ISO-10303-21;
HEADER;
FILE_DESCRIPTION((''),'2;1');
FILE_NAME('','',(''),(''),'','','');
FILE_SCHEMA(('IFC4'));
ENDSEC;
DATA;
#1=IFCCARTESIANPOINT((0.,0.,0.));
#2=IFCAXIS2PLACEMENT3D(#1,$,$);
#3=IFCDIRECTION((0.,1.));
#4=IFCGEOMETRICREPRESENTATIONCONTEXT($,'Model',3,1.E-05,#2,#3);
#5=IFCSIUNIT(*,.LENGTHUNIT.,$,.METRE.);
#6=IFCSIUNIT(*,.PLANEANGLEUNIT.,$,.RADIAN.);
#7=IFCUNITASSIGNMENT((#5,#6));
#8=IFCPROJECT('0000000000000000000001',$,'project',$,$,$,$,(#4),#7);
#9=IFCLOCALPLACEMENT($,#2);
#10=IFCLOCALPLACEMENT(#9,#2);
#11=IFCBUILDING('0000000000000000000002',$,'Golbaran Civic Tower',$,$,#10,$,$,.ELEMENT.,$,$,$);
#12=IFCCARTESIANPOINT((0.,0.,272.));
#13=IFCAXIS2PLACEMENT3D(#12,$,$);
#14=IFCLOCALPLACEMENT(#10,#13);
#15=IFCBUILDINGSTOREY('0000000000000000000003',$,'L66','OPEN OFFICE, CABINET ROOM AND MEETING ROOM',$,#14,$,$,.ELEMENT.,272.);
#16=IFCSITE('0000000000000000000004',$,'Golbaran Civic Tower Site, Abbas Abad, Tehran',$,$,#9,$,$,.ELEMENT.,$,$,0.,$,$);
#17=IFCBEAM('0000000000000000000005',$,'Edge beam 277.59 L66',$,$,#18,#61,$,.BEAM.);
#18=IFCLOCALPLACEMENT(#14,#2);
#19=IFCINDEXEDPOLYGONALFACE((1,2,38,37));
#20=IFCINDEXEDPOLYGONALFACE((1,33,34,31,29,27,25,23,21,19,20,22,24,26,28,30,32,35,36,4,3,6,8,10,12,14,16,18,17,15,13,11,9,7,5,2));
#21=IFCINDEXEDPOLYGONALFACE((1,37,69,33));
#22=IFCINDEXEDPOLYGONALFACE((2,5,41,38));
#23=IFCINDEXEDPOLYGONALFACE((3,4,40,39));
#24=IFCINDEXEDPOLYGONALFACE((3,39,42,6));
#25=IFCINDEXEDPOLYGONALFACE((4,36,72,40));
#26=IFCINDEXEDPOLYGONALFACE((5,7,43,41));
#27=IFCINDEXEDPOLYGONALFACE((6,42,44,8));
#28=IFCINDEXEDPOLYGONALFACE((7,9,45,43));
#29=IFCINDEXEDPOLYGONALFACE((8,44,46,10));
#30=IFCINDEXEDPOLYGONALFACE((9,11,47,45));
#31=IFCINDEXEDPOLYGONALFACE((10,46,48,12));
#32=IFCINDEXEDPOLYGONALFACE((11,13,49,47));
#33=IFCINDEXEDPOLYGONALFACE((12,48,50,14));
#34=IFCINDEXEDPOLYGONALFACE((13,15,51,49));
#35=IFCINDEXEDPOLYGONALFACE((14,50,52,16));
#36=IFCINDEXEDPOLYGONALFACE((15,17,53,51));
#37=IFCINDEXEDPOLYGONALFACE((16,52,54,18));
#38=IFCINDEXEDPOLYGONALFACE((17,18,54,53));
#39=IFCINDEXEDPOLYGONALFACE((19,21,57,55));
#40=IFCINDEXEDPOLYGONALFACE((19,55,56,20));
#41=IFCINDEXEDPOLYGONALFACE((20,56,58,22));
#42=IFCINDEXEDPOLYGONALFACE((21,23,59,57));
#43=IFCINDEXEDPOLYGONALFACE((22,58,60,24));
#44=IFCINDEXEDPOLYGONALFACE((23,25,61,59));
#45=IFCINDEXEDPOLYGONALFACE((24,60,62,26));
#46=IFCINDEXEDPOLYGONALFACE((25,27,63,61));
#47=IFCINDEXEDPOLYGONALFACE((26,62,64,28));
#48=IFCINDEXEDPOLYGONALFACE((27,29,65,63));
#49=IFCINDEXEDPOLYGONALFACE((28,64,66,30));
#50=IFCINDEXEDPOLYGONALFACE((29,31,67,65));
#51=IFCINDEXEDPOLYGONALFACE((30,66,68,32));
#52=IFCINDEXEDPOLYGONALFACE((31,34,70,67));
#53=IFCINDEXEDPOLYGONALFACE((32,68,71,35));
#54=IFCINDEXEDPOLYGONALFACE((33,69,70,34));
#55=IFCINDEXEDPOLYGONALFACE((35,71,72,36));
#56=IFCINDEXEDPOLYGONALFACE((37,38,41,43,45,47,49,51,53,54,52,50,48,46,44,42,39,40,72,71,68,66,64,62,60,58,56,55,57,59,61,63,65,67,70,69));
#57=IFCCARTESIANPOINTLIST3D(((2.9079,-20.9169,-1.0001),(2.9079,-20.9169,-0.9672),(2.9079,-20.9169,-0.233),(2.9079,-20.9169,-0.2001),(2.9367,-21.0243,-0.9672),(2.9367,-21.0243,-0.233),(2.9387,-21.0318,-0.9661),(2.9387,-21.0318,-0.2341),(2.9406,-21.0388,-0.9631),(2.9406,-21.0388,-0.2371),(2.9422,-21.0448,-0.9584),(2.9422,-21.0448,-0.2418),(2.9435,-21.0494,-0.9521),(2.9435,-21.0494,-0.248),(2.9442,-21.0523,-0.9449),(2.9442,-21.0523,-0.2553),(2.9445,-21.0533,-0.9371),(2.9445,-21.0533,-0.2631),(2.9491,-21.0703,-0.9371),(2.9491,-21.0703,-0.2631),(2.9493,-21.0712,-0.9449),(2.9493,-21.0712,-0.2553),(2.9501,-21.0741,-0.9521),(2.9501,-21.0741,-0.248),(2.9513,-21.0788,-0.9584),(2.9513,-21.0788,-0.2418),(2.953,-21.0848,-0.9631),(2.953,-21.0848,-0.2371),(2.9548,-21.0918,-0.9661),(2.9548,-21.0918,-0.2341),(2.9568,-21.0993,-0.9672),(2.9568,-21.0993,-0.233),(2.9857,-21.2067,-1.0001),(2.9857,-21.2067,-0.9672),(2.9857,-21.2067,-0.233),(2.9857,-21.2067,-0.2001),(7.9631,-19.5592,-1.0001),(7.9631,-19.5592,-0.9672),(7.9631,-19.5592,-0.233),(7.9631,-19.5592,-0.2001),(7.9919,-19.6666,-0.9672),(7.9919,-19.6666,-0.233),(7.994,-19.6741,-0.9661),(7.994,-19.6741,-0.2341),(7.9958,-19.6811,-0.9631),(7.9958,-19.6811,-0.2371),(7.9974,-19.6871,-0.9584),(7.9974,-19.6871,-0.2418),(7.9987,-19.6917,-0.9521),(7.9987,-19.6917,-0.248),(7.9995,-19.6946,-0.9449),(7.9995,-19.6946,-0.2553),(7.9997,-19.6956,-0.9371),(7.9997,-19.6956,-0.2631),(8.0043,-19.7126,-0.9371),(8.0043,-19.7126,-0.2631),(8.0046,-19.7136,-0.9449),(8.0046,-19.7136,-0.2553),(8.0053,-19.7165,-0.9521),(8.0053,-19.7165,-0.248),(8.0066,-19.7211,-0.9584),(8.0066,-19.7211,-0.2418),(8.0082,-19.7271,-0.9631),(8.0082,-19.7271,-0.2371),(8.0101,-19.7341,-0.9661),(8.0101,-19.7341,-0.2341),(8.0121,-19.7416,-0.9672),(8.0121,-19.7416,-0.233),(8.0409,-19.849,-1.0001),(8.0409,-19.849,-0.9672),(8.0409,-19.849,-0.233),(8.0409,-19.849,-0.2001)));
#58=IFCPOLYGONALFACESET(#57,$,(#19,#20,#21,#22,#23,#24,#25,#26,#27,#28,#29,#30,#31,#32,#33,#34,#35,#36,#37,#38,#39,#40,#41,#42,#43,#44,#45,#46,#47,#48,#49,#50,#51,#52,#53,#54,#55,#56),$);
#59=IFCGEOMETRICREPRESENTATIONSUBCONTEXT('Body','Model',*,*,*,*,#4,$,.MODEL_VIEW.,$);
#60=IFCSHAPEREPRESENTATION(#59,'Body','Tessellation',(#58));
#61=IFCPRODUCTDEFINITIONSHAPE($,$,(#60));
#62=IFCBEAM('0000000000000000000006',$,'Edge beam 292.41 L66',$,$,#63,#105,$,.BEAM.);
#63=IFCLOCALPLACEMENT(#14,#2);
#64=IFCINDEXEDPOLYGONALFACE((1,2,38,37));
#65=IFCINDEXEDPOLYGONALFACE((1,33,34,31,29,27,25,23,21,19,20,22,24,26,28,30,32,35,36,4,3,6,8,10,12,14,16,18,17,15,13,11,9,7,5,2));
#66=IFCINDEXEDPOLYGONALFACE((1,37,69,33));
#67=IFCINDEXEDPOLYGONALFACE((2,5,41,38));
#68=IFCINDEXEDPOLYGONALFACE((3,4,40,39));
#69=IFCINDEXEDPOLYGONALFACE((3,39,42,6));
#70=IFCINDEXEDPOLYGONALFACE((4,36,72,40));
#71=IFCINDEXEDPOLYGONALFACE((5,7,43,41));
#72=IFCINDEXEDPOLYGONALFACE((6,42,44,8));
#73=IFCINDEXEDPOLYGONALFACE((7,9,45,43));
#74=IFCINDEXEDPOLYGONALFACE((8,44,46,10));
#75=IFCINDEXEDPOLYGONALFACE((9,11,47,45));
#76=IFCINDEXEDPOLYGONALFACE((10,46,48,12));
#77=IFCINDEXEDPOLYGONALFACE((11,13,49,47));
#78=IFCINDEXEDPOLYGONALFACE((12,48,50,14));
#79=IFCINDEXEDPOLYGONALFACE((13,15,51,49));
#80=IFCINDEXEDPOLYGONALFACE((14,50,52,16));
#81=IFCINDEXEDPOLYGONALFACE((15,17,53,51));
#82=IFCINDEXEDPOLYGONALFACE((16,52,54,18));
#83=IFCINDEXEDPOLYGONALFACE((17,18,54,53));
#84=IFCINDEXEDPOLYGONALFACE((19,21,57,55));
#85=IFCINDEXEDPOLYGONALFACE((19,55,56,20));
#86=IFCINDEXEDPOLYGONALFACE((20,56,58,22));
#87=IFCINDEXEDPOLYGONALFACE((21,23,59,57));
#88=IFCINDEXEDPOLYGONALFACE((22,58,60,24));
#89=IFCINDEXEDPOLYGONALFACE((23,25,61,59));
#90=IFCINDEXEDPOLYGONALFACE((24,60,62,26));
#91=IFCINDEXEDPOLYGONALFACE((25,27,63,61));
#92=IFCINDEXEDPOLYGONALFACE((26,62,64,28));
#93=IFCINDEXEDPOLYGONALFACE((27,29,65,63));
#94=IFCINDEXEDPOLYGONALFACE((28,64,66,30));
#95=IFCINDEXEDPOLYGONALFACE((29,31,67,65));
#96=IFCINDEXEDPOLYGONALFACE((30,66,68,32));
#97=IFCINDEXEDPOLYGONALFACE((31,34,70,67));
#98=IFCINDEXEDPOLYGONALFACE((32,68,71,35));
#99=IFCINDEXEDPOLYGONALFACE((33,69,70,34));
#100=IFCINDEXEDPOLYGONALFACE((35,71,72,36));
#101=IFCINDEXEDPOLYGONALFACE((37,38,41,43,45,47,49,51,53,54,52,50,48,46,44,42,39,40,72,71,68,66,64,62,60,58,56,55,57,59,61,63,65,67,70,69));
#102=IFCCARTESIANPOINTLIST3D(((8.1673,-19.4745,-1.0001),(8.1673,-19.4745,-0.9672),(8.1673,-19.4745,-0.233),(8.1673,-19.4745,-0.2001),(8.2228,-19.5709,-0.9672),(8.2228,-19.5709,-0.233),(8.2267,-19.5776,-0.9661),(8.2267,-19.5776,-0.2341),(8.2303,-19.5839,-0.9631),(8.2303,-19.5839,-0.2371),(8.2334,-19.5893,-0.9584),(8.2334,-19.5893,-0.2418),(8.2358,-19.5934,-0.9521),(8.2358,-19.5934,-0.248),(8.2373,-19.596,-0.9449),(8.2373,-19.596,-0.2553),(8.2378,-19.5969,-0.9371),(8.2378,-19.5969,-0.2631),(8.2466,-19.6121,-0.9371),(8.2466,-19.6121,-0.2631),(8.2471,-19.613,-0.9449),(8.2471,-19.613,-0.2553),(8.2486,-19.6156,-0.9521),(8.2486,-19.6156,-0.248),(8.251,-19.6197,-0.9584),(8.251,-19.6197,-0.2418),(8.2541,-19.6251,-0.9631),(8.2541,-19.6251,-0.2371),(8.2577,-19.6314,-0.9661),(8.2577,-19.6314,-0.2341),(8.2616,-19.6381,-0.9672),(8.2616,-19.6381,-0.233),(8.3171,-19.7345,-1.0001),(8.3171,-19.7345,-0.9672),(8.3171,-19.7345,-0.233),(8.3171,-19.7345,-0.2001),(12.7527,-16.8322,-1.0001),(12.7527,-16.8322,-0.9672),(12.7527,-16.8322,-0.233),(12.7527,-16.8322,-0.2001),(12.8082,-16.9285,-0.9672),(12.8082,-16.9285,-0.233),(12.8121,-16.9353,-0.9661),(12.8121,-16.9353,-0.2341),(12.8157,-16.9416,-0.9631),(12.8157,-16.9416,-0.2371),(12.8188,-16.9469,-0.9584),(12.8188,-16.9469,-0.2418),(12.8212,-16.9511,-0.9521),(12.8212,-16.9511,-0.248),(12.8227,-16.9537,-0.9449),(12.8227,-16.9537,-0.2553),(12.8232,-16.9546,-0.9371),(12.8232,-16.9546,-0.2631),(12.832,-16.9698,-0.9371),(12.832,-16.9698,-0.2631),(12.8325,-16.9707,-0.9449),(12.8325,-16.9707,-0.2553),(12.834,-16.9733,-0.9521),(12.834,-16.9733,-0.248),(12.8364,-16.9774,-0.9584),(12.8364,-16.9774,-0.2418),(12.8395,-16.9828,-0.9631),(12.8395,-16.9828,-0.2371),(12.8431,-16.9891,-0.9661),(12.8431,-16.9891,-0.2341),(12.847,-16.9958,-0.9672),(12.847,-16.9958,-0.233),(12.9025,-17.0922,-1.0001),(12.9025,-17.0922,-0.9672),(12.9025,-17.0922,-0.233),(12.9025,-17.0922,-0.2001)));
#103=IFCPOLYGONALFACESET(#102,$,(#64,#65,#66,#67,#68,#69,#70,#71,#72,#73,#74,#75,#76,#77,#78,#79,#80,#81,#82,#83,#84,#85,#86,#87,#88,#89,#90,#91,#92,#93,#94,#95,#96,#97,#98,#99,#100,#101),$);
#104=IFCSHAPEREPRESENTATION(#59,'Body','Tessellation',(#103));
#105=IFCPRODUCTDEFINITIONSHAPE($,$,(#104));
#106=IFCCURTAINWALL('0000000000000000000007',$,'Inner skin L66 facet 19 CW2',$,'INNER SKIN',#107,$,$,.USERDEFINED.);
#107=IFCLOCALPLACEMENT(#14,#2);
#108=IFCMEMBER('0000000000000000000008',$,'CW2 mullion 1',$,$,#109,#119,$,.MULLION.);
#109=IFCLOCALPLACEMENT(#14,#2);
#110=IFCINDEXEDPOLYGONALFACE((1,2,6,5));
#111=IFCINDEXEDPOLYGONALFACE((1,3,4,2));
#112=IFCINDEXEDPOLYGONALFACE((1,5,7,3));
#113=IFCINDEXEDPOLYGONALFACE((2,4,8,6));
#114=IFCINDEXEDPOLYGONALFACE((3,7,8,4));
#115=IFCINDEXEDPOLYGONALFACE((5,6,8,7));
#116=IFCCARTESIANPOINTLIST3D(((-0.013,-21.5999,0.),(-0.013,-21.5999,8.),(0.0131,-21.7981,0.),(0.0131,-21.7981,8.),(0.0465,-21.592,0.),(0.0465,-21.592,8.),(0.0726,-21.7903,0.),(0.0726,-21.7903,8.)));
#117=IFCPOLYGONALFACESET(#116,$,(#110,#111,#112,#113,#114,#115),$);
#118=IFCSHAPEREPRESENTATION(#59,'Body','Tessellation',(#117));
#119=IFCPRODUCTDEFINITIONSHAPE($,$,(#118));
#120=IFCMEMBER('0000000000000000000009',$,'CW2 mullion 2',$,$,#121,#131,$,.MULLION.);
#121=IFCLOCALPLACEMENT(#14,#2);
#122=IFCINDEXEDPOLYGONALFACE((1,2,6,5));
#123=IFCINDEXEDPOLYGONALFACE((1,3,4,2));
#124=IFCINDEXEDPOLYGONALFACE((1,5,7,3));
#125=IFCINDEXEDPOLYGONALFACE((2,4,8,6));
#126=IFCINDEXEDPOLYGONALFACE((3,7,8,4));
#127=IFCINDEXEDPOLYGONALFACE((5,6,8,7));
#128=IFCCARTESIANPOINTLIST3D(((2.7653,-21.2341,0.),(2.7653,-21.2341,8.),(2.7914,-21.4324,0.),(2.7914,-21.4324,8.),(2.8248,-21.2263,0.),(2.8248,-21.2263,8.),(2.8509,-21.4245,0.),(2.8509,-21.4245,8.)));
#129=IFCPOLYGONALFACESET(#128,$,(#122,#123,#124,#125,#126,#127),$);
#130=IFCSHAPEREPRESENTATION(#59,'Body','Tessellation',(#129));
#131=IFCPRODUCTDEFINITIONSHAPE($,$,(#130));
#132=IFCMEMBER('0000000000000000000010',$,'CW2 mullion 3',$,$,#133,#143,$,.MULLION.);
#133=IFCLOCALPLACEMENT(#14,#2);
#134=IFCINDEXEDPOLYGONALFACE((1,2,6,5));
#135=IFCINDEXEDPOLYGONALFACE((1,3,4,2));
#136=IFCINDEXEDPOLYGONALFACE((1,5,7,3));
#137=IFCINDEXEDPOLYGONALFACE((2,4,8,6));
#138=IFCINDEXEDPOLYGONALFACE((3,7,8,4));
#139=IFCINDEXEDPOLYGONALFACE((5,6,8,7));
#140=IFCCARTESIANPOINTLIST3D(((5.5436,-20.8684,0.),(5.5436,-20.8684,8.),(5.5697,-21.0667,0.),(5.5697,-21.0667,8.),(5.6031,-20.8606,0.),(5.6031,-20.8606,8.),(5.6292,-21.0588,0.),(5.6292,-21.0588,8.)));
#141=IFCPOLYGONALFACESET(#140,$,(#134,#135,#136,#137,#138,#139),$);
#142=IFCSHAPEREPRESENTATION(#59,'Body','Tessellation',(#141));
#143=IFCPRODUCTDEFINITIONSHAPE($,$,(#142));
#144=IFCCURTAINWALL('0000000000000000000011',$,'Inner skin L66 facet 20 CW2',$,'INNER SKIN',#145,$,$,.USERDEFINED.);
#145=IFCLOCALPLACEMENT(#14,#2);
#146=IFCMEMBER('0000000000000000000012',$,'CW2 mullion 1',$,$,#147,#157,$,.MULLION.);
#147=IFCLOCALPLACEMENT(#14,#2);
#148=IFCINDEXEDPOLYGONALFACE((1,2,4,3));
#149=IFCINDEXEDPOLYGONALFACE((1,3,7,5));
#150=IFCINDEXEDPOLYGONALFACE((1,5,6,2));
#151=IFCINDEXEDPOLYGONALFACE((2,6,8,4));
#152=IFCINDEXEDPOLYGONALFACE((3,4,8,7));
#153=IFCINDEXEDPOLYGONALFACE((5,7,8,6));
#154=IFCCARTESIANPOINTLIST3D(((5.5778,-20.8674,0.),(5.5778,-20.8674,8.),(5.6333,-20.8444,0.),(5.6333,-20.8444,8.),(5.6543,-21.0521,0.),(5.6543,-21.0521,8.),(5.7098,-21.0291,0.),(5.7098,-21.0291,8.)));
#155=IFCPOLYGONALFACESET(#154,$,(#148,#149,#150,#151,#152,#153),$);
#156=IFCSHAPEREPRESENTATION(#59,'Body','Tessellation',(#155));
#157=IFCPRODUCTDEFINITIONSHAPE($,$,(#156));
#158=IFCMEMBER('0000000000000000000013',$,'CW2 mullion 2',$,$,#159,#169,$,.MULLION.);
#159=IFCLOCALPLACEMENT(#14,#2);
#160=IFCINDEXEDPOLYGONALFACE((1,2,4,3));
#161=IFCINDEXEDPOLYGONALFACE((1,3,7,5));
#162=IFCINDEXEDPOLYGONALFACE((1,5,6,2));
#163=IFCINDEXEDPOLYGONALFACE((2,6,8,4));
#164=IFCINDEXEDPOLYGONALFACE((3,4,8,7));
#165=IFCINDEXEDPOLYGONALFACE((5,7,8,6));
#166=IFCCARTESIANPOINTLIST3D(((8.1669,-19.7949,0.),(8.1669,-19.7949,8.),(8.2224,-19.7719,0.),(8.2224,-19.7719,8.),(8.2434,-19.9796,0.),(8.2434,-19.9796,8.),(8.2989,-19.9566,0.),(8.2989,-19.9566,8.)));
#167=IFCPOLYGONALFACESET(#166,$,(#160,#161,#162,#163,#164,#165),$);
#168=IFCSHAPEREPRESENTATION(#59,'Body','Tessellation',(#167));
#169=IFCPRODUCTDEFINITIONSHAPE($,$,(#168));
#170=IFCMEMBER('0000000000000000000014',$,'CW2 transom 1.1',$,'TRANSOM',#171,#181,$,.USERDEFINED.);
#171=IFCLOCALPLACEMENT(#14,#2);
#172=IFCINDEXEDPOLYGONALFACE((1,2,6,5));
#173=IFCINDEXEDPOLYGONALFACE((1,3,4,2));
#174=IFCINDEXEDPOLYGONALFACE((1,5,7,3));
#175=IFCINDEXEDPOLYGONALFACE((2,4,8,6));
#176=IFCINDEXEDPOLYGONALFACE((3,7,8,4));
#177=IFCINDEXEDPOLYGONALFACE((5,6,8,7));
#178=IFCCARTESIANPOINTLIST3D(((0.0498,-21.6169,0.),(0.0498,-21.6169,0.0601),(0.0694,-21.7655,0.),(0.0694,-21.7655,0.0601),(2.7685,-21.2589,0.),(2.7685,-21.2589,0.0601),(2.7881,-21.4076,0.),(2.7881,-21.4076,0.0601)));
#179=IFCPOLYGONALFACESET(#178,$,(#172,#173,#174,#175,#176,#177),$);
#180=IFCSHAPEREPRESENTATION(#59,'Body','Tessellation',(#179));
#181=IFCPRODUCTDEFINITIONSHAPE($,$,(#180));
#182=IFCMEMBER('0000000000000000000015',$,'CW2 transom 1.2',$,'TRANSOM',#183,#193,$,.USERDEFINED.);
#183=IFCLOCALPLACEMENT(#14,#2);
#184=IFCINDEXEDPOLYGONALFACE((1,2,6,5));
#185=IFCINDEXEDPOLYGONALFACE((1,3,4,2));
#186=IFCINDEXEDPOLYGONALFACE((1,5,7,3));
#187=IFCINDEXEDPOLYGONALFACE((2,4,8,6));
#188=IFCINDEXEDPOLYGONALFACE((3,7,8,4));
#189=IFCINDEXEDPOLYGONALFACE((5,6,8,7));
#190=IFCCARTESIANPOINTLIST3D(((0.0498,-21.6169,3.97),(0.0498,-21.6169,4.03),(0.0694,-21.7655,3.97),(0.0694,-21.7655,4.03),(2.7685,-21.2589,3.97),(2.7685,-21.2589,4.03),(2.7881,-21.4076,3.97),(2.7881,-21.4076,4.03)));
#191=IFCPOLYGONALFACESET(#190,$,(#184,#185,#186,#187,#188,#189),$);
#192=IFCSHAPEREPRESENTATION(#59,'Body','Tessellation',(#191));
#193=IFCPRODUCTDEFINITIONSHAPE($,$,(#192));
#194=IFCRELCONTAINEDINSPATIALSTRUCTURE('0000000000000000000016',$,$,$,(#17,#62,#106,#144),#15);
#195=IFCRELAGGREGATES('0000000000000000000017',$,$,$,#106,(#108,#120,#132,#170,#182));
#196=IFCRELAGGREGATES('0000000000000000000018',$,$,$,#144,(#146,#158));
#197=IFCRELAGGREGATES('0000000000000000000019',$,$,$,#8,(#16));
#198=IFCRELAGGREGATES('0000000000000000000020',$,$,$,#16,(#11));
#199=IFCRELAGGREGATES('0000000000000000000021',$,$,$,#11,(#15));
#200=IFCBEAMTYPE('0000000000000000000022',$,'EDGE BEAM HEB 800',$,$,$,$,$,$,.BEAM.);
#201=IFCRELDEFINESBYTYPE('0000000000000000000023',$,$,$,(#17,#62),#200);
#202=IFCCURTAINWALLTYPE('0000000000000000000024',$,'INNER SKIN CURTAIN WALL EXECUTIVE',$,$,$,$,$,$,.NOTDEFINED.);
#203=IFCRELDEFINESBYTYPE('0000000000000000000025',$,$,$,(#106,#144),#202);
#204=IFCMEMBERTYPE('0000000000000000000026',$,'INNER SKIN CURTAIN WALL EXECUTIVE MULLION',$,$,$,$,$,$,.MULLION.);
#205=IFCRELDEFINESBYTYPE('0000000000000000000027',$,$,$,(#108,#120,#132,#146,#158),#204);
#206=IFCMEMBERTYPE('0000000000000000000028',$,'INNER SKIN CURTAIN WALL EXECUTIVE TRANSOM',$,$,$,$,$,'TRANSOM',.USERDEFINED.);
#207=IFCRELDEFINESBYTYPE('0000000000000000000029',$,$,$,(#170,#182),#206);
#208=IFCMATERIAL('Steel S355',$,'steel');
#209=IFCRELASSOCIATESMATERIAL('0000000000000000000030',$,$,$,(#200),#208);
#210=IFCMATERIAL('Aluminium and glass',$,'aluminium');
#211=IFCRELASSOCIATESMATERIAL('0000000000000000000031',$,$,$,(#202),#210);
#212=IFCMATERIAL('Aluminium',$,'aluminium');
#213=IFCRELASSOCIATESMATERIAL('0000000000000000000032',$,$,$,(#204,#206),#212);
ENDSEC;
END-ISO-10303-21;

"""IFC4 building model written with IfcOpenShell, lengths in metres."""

from ifc_helpers import new_model, si_unit, direction, frame, origin, origin_2d, place, context, subcontext, project, spatial, rectangle, i_section, extrude, material, material_profile, profile_set, type_object, element, aggregate, save


model = new_model("IFC4")

# Units and contexts
model_context = context("Model", 3, precision=1e-05, world=origin(), true_north=direction((0.0, 1.0)))
body_context = subcontext(model_context, "Body", "Model", "MODEL_VIEW")
ifc_project = project(units=[si_unit("LENGTHUNIT", "METRE"), si_unit("PLANEANGLEUNIT", "RADIAN")], contexts=[model_context])

# Site, building, storey
site_placement = place(None, origin())
site = spatial("IfcSite", under=ifc_project, at=site_placement, Name="Golbaran Civic Tower Site, Abbas Abad, Tehran", CompositionType="ELEMENT", RefElevation=0.0)
building_placement = place(site_placement, origin())
building = spatial("IfcBuilding", under=site, at=building_placement, Name="Golbaran Civic Tower", CompositionType="ELEMENT")
storey_placement = place(building_placement, frame((0.0, 0.0, 272.0)))
storey = spatial("IfcBuildingStorey", under=building, at=storey_placement, Name="L66", Description="OPEN OFFICE, CABINET ROOM AND MEETING ROOM", CompositionType="ELEMENT", Elevation=272.0)

# Beams
ifc_material_1 = material(Name="Steel S355", Category="steel")
ifc_material_profile_1 = material_profile(ifc_material_1, i_section(OverallWidth=0.3, OverallDepth=0.8, WebThickness=0.0176, FlangeThickness=0.033, FilletRadius=0.03, at=origin_2d()), Name="HEB 800")
ifc_profile_set_1 = profile_set([ifc_material_profile_1], Name="Steel S355")
beam_type = type_object("IfcBeamType", Name="EDGE BEAM HEB 800", PredefinedType="BEAM", material=ifc_profile_set_1)
beam_1_placement = place(storey_placement, frame((2.9468, -21.0618, -0.6001), z_axis=(0.965776, 0.259378, 0.0), x_axis=(-0.259378, 0.965776, 0.0)))
element("IfcBeam", 1, at=beam_1_placement, inside=storey, type_object=beam_type, Name="Edge beam 277.59 L66", PredefinedType="BEAM", context=body_context, shape_type="SweptSolid", body=[
    extrude(i_section(OverallWidth=0.3, OverallDepth=0.8, WebThickness=0.0176, FlangeThickness=0.033, FilletRadius=0.03, at=origin_2d()), origin(), (0.0, 0.0, 1.0), 5.2344),
])
beam_2_placement = place(storey_placement, frame((8.2422, -19.6045, -0.6001), z_axis=(0.86644, 0.49928, 0.0), x_axis=(-0.49928, 0.86644, 0.0)))
element("IfcBeam", 2, at=beam_2_placement, inside=storey, type_object=beam_type, Name="Edge beam 292.41 L66", PredefinedType="BEAM", context=body_context, shape_type="SweptSolid", body=[
    extrude(i_section(OverallWidth=0.3, OverallDepth=0.8, WebThickness=0.0176, FlangeThickness=0.033, FilletRadius=0.03, at=origin_2d()), origin(), (0.0, 0.0, 1.0), 5.2922),
])

# Curtain walls, members
ifc_material_2 = material(Name="Aluminium and glass", Category="aluminium")
curtain_wall_type = type_object("IfcCurtainWallType", Name="INNER SKIN CURTAIN WALL EXECUTIVE", PredefinedType="NOTDEFINED", material=ifc_material_2)
curtain_wall_1_placement = place(storey_placement, origin())
curtain_wall_1 = element("IfcCurtainWall", 3, at=curtain_wall_1_placement, inside=storey, type_object=curtain_wall_type, Name="Inner skin L66 facet 19 CW2", ObjectType="INNER SKIN", PredefinedType="USERDEFINED")
ifc_material_3 = material(Name="Aluminium", Category="aluminium")
ifc_material_profile_2 = material_profile(ifc_material_3, rectangle(XDim=0.2, YDim=0.0601, at=origin_2d()), Name="INNER SKIN CURTAIN WALL EXECUTIVE MULLION")
ifc_profile_set_2 = profile_set([ifc_material_profile_2], Name="Aluminium")
member_type_1 = type_object("IfcMemberType", Name="INNER SKIN CURTAIN WALL EXECUTIVE MULLION", PredefinedType="MULLION", material=ifc_profile_set_2)
member_1_placement = place(storey_placement, frame((0.0298, -21.6951, 0.0), z_axis=(0.0, 0.0, 1.0), x_axis=(-0.130526, 0.991445, 0.0)))
member_1 = element("IfcMember", 4, at=member_1_placement, type_object=member_type_1, Name="CW2 mullion 1", PredefinedType="MULLION", context=body_context, shape_type="SweptSolid", body=[
    extrude(rectangle(XDim=0.2, YDim=0.0601, at=origin_2d()), origin(), (0.0, 0.0, 1.0), 8.0),
])
member_2_placement = place(storey_placement, frame((2.8081, -21.3293, 0.0), z_axis=(0.0, 0.0, 1.0), x_axis=(-0.130526, 0.991445, 0.0)))
member_2 = element("IfcMember", 5, at=member_2_placement, type_object=member_type_1, Name="CW2 mullion 2", PredefinedType="MULLION", context=body_context, shape_type="SweptSolid", body=[
    extrude(rectangle(XDim=0.2, YDim=0.0601, at=origin_2d()), origin(), (0.0, 0.0, 1.0), 8.0),
])
member_3_placement = place(storey_placement, frame((5.5864, -20.9636, 0.0), z_axis=(0.0, 0.0, 1.0), x_axis=(-0.130526, 0.991445, 0.0)))
member_3 = element("IfcMember", 6, at=member_3_placement, type_object=member_type_1, Name="CW2 mullion 3", PredefinedType="MULLION", context=body_context, shape_type="SweptSolid", body=[
    extrude(rectangle(XDim=0.2, YDim=0.0601, at=origin_2d()), origin(), (0.0, 0.0, 1.0), 8.0),
])
curtain_wall_2_placement = place(storey_placement, origin())
curtain_wall_2 = element("IfcCurtainWall", 7, at=curtain_wall_2_placement, inside=storey, type_object=curtain_wall_type, Name="Inner skin L66 facet 20 CW2", ObjectType="INNER SKIN", PredefinedType="USERDEFINED")
member_4_placement = place(storey_placement, frame((5.6438, -20.9482, 0.0), z_axis=(0.0, 0.0, 1.0), x_axis=(-0.382683, 0.92388, 0.0)))
member_4 = element("IfcMember", 8, at=member_4_placement, type_object=member_type_1, Name="CW2 mullion 1", PredefinedType="MULLION", context=body_context, shape_type="SweptSolid", body=[
    extrude(rectangle(XDim=0.2, YDim=0.0601, at=origin_2d()), origin(), (0.0, 0.0, 1.0), 8.0),
])
member_5_placement = place(storey_placement, frame((8.2329, -19.8757, 0.0), z_axis=(0.0, 0.0, 1.0), x_axis=(-0.382683, 0.92388, 0.0)))
member_5 = element("IfcMember", 9, at=member_5_placement, type_object=member_type_1, Name="CW2 mullion 2", PredefinedType="MULLION", context=body_context, shape_type="SweptSolid", body=[
    extrude(rectangle(XDim=0.2, YDim=0.0601, at=origin_2d()), origin(), (0.0, 0.0, 1.0), 8.0),
])

# Members
ifc_material_profile_3 = material_profile(ifc_material_3, rectangle(XDim=0.1499, YDim=0.0601, at=origin_2d()), Name="INNER SKIN CURTAIN WALL EXECUTIVE TRANSOM")
ifc_profile_set_3 = profile_set([ifc_material_profile_3], Name="Aluminium")
member_type_2 = type_object("IfcMemberType", Name="INNER SKIN CURTAIN WALL EXECUTIVE TRANSOM", ElementType="TRANSOM", PredefinedType="USERDEFINED", material=ifc_profile_set_3)
member_6_placement = place(storey_placement, frame((0.0596, -21.6912, 0.03), z_axis=(0.991446, 0.130519, 0.0), x_axis=(-0.130519, 0.991446, 0.0)))
member_6 = element("IfcMember", 10, at=member_6_placement, type_object=member_type_2, Name="CW2 transom 1.1", ObjectType="TRANSOM", PredefinedType="USERDEFINED", context=body_context, shape_type="SweptSolid", body=[
    extrude(rectangle(XDim=0.1499, YDim=0.0601, at=origin_2d()), origin(), (0.0, 0.0, 1.0), 2.7422),
])
member_7_placement = place(storey_placement, frame((0.0596, -21.6912, 4.0), z_axis=(0.991446, 0.130519, 0.0), x_axis=(-0.130519, 0.991446, 0.0)))
member_7 = element("IfcMember", 11, at=member_7_placement, type_object=member_type_2, Name="CW2 transom 1.2", ObjectType="TRANSOM", PredefinedType="USERDEFINED", context=body_context, shape_type="SweptSolid", body=[
    extrude(rectangle(XDim=0.1499, YDim=0.0601, at=origin_2d()), origin(), (0.0, 0.0, 1.0), 2.7422),
])

aggregate(curtain_wall_1, [member_1, member_2, member_3, member_6, member_7])
aggregate(curtain_wall_2, [member_4, member_5])

save(model, "model.ifc")
